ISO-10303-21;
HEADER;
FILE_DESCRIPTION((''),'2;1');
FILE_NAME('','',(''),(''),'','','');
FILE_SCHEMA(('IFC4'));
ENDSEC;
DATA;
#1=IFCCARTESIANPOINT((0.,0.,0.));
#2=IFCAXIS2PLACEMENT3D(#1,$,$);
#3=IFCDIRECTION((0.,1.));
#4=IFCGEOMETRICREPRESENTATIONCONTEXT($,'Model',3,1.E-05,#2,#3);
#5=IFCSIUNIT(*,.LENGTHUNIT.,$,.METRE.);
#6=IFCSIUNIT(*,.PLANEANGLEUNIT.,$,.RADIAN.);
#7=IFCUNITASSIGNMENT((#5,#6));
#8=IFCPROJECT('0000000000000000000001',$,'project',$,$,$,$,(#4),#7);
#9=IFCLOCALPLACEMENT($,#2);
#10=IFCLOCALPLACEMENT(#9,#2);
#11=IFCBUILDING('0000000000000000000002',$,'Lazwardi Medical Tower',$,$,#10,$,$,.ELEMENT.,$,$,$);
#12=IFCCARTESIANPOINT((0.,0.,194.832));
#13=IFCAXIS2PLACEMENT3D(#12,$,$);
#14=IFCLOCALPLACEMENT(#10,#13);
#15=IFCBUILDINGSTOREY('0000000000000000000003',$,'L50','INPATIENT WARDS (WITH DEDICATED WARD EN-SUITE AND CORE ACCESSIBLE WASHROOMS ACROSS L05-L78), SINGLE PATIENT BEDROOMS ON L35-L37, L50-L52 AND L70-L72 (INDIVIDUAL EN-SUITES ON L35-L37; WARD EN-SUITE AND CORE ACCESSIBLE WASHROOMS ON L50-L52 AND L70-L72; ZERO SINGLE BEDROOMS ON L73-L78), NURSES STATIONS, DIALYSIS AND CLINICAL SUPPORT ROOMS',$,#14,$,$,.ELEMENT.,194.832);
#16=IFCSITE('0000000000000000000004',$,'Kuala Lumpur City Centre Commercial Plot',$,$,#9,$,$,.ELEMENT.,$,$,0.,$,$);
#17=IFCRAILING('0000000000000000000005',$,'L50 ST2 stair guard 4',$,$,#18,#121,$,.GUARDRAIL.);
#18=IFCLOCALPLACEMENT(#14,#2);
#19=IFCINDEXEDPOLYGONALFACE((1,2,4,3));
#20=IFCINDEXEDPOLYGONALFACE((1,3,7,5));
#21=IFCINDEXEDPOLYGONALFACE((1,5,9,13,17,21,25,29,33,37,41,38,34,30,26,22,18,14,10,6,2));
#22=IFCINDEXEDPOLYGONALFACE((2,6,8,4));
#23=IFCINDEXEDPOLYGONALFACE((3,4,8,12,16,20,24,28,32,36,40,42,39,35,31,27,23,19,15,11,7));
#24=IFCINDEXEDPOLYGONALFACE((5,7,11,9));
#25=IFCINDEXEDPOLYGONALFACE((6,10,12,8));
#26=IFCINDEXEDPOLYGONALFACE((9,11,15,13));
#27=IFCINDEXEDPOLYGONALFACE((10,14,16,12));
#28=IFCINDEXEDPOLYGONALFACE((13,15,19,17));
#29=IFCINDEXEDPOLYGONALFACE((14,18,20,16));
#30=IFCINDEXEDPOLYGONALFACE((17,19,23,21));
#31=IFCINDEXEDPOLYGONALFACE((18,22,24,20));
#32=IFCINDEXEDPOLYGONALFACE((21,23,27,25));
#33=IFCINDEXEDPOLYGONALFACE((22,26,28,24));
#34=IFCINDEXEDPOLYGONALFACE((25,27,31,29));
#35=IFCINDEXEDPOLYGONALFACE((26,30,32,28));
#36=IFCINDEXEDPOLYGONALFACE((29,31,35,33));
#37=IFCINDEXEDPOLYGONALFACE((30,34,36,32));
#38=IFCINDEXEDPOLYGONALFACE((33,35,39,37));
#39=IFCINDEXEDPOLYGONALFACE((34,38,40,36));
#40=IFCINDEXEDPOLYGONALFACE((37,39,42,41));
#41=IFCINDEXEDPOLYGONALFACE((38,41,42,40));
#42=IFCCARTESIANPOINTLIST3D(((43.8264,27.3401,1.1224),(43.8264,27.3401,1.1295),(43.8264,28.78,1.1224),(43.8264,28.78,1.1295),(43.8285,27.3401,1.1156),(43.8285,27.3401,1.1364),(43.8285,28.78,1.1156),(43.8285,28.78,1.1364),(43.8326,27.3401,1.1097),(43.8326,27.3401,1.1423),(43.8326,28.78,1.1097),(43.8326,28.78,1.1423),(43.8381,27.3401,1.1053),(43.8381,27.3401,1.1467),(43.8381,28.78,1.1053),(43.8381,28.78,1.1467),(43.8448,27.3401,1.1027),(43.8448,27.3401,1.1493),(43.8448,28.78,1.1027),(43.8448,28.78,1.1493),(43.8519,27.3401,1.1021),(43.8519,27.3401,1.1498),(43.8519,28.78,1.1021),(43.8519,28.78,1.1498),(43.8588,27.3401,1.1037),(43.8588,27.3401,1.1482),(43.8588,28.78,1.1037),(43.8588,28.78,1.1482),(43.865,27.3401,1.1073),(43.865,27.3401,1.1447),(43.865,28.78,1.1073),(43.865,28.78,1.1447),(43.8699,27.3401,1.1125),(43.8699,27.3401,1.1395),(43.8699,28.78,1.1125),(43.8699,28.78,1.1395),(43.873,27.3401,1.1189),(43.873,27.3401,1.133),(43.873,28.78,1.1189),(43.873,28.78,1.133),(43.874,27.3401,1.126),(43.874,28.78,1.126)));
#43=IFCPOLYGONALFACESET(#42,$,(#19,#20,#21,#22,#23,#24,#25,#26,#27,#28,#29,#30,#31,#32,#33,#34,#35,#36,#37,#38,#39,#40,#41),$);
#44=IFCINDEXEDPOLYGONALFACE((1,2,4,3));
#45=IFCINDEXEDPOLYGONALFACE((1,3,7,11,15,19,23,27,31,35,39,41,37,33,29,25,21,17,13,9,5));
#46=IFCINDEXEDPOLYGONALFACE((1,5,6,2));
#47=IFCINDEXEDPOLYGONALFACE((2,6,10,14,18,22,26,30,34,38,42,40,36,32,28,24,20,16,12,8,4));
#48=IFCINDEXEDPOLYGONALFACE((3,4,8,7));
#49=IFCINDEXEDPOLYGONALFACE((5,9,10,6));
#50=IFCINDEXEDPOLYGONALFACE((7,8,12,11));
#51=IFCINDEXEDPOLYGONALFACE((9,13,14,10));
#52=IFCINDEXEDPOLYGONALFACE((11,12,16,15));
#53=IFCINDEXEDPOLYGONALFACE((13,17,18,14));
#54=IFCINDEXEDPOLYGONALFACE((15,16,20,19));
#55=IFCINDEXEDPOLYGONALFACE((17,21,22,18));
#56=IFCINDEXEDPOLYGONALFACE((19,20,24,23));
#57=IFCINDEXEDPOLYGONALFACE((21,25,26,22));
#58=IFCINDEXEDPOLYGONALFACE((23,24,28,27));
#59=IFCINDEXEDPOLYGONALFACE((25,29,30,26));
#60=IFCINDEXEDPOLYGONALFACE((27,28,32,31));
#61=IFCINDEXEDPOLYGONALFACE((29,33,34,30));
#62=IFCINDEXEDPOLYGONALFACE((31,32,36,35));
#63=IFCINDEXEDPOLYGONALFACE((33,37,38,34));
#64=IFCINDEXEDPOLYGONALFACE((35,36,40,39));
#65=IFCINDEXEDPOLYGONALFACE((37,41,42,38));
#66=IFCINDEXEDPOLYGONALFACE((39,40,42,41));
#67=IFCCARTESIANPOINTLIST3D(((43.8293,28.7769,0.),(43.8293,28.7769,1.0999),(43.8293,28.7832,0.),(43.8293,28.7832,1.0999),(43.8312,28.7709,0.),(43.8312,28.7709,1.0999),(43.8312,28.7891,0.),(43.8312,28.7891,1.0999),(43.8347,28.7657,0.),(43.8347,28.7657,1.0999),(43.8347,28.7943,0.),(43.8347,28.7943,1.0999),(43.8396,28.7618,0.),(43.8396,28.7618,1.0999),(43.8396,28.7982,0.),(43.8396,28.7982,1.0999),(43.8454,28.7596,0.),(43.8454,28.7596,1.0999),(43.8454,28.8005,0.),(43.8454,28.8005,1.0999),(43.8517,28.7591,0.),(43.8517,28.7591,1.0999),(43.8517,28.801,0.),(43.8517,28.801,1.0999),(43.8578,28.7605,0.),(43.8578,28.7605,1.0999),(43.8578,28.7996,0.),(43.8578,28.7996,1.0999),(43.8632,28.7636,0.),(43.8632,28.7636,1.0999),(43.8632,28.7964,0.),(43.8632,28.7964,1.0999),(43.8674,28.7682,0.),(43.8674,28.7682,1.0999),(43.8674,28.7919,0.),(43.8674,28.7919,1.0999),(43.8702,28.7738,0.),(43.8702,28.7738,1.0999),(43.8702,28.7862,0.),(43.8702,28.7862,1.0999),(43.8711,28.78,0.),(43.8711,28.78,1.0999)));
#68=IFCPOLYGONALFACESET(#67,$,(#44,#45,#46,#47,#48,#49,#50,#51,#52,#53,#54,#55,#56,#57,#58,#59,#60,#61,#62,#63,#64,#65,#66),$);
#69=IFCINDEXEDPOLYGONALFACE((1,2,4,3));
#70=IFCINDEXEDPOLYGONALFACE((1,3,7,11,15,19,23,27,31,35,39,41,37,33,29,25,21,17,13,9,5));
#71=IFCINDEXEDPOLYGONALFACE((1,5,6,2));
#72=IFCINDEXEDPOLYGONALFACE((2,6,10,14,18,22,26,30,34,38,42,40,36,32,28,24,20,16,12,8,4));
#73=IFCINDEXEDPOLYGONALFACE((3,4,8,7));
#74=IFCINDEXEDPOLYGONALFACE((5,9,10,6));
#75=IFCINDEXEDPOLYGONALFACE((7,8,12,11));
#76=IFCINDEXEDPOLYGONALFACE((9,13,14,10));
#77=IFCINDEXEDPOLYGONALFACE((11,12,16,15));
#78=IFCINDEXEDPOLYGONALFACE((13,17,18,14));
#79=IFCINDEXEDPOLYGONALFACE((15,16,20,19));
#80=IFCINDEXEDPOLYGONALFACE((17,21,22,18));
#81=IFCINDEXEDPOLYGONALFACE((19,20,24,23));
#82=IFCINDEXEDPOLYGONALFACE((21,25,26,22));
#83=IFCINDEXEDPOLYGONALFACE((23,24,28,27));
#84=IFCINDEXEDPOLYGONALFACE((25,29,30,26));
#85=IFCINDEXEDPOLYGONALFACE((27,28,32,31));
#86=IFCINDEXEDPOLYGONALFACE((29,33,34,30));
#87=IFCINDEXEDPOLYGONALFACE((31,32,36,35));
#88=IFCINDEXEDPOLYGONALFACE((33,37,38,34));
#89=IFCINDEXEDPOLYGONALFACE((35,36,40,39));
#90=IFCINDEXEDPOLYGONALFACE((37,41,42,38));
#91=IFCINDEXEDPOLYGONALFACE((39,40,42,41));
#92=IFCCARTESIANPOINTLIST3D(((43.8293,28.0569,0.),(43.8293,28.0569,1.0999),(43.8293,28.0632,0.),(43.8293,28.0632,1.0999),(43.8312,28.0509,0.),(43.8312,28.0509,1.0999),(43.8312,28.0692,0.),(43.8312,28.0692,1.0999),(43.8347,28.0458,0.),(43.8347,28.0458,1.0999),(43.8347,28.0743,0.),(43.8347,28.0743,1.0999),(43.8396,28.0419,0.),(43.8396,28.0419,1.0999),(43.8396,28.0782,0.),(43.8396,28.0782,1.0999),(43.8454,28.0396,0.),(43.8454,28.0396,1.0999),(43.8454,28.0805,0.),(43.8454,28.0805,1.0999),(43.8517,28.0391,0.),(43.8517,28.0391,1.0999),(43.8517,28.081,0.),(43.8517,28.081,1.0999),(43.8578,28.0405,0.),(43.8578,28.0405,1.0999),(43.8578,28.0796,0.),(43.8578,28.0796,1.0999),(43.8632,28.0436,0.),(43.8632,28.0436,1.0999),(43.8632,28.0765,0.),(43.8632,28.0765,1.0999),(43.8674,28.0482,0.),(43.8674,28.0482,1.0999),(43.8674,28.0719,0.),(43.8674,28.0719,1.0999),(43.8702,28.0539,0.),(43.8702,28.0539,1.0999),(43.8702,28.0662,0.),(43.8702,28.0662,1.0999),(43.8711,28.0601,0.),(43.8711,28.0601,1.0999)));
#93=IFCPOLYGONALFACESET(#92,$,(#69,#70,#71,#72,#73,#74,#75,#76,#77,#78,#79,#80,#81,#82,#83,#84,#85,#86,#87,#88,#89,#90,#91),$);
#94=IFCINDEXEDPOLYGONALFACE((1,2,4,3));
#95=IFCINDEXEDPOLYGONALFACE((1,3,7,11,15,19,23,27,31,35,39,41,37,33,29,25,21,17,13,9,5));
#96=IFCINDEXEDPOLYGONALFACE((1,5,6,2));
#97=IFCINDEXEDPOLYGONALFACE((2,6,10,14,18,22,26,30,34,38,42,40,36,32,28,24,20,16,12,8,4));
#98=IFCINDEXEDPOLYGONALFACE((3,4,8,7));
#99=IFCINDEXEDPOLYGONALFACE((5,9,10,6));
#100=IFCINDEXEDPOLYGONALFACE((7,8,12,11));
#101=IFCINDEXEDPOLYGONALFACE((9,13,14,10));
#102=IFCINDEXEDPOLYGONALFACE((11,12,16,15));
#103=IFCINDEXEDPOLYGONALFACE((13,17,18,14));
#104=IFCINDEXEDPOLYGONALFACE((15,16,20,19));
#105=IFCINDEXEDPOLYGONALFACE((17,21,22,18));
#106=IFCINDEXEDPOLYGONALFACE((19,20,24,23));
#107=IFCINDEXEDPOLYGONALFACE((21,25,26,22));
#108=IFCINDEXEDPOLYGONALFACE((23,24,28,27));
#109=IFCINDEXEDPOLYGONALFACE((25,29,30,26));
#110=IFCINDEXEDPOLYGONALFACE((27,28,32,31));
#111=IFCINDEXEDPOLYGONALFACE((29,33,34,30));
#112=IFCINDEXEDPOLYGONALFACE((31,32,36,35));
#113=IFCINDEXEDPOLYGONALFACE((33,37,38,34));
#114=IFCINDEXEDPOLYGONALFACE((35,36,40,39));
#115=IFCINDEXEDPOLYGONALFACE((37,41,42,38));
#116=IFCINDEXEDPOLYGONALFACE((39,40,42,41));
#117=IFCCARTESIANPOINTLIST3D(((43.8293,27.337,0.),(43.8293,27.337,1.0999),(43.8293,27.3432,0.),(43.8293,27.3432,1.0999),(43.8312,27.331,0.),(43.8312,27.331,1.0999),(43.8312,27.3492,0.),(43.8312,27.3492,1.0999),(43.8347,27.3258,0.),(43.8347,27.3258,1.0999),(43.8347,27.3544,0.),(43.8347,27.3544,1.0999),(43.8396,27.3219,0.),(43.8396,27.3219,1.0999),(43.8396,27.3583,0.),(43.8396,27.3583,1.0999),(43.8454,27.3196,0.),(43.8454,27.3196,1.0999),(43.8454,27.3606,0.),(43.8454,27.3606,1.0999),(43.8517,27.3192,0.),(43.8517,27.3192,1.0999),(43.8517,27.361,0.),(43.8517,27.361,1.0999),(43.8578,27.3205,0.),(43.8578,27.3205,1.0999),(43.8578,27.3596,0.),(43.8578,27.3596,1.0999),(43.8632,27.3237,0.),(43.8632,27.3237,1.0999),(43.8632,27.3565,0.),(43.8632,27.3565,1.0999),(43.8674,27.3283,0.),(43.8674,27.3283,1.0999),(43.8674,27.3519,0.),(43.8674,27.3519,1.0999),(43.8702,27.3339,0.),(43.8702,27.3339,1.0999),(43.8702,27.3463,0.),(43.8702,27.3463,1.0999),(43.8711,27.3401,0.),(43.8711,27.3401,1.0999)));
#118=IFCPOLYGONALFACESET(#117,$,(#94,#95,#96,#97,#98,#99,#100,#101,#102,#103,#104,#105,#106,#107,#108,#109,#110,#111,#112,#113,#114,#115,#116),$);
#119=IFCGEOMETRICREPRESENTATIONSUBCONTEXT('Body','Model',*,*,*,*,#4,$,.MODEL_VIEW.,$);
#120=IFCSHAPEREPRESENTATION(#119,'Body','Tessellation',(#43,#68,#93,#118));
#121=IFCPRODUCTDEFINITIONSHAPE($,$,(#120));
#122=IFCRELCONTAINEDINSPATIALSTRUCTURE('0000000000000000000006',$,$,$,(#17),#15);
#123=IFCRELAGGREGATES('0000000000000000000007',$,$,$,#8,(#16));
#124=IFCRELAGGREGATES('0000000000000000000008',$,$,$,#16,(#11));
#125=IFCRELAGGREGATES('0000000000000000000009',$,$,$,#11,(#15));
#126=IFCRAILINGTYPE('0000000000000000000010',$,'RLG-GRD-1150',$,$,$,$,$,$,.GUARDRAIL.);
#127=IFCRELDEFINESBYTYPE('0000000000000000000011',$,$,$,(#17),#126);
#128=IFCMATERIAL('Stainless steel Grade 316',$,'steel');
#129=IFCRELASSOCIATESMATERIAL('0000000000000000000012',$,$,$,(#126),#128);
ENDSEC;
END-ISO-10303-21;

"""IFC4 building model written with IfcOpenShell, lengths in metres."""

from ifc_helpers import new_model, si_unit, direction, frame, origin, origin_2d, place, context, subcontext, project, spatial, circle, extrude, material, type_object, element, save


model = new_model("IFC4")

# Units and contexts
model_context = context("Model", 3, precision=1e-05, world=origin(), true_north=direction((0.0, 1.0)))
body_context = subcontext(model_context, "Body", "Model", "MODEL_VIEW")
ifc_project = project(units=[si_unit("LENGTHUNIT", "METRE"), si_unit("PLANEANGLEUNIT", "RADIAN")], contexts=[model_context])

# Site, building, storey
site_placement = place(None, origin())
site = spatial("IfcSite", under=ifc_project, at=site_placement, Name="Kuala Lumpur City Centre Commercial Plot", CompositionType="ELEMENT", RefElevation=0.0)
building_placement = place(site_placement, origin())
building = spatial("IfcBuilding", under=site, at=building_placement, Name="Lazwardi Medical Tower", CompositionType="ELEMENT")
storey_placement = place(building_placement, frame((0.0, 0.0, 194.832)))
storey = spatial("IfcBuildingStorey", under=building, at=storey_placement, Name="L50", Description="INPATIENT WARDS (WITH DEDICATED WARD EN-SUITE AND CORE ACCESSIBLE WASHROOMS ACROSS L05-L78), SINGLE PATIENT BEDROOMS ON L35-L37, L50-L52 AND L70-L72 (INDIVIDUAL EN-SUITES ON L35-L37; WARD EN-SUITE AND CORE ACCESSIBLE WASHROOMS ON L50-L52 AND L70-L72; ZERO SINGLE BEDROOMS ON L73-L78), NURSES STATIONS, DIALYSIS AND CLINICAL SUPPORT ROOMS", CompositionType="ELEMENT", Elevation=194.832)

# Railing
ifc_material_1 = material(Name="Stainless steel Grade 316", Category="steel")
railing_type_1 = type_object("IfcRailingType", Name="RLG-GRD-1150", PredefinedType="GUARDRAIL", material=ifc_material_1)
railing_1_placement = place(storey_placement, frame((43.8501, 28.78, 0.0)))
element("IfcRailing", 1, at=railing_1_placement, inside=storey, type_object=railing_type_1, Name="L50 ST2 stair guard 4", PredefinedType="GUARDRAIL", context=body_context, shape_type="SweptSolid", body=[
    extrude(circle(Radius=0.0239, at=origin_2d()), frame((0.0, 0.0, 1.126), z_axis=(0.0, -1.0, 0.0), x_axis=(1.0, 0.0, 0.0)), (0.0, 0.0, 1.0), 1.4399),
    extrude(circle(Radius=0.021, at=origin_2d()), origin(), (0.0, 0.0, 1.0), 1.0999),
    extrude(circle(Radius=0.021, at=origin_2d()), frame((0.0, -0.72, 0.0)), (0.0, 0.0, 1.0), 1.0999),
    extrude(circle(Radius=0.021, at=origin_2d()), frame((0.0, -1.4399, 0.0)), (0.0, 0.0, 1.0), 1.0999),
])

save(model, "model.ifc")
